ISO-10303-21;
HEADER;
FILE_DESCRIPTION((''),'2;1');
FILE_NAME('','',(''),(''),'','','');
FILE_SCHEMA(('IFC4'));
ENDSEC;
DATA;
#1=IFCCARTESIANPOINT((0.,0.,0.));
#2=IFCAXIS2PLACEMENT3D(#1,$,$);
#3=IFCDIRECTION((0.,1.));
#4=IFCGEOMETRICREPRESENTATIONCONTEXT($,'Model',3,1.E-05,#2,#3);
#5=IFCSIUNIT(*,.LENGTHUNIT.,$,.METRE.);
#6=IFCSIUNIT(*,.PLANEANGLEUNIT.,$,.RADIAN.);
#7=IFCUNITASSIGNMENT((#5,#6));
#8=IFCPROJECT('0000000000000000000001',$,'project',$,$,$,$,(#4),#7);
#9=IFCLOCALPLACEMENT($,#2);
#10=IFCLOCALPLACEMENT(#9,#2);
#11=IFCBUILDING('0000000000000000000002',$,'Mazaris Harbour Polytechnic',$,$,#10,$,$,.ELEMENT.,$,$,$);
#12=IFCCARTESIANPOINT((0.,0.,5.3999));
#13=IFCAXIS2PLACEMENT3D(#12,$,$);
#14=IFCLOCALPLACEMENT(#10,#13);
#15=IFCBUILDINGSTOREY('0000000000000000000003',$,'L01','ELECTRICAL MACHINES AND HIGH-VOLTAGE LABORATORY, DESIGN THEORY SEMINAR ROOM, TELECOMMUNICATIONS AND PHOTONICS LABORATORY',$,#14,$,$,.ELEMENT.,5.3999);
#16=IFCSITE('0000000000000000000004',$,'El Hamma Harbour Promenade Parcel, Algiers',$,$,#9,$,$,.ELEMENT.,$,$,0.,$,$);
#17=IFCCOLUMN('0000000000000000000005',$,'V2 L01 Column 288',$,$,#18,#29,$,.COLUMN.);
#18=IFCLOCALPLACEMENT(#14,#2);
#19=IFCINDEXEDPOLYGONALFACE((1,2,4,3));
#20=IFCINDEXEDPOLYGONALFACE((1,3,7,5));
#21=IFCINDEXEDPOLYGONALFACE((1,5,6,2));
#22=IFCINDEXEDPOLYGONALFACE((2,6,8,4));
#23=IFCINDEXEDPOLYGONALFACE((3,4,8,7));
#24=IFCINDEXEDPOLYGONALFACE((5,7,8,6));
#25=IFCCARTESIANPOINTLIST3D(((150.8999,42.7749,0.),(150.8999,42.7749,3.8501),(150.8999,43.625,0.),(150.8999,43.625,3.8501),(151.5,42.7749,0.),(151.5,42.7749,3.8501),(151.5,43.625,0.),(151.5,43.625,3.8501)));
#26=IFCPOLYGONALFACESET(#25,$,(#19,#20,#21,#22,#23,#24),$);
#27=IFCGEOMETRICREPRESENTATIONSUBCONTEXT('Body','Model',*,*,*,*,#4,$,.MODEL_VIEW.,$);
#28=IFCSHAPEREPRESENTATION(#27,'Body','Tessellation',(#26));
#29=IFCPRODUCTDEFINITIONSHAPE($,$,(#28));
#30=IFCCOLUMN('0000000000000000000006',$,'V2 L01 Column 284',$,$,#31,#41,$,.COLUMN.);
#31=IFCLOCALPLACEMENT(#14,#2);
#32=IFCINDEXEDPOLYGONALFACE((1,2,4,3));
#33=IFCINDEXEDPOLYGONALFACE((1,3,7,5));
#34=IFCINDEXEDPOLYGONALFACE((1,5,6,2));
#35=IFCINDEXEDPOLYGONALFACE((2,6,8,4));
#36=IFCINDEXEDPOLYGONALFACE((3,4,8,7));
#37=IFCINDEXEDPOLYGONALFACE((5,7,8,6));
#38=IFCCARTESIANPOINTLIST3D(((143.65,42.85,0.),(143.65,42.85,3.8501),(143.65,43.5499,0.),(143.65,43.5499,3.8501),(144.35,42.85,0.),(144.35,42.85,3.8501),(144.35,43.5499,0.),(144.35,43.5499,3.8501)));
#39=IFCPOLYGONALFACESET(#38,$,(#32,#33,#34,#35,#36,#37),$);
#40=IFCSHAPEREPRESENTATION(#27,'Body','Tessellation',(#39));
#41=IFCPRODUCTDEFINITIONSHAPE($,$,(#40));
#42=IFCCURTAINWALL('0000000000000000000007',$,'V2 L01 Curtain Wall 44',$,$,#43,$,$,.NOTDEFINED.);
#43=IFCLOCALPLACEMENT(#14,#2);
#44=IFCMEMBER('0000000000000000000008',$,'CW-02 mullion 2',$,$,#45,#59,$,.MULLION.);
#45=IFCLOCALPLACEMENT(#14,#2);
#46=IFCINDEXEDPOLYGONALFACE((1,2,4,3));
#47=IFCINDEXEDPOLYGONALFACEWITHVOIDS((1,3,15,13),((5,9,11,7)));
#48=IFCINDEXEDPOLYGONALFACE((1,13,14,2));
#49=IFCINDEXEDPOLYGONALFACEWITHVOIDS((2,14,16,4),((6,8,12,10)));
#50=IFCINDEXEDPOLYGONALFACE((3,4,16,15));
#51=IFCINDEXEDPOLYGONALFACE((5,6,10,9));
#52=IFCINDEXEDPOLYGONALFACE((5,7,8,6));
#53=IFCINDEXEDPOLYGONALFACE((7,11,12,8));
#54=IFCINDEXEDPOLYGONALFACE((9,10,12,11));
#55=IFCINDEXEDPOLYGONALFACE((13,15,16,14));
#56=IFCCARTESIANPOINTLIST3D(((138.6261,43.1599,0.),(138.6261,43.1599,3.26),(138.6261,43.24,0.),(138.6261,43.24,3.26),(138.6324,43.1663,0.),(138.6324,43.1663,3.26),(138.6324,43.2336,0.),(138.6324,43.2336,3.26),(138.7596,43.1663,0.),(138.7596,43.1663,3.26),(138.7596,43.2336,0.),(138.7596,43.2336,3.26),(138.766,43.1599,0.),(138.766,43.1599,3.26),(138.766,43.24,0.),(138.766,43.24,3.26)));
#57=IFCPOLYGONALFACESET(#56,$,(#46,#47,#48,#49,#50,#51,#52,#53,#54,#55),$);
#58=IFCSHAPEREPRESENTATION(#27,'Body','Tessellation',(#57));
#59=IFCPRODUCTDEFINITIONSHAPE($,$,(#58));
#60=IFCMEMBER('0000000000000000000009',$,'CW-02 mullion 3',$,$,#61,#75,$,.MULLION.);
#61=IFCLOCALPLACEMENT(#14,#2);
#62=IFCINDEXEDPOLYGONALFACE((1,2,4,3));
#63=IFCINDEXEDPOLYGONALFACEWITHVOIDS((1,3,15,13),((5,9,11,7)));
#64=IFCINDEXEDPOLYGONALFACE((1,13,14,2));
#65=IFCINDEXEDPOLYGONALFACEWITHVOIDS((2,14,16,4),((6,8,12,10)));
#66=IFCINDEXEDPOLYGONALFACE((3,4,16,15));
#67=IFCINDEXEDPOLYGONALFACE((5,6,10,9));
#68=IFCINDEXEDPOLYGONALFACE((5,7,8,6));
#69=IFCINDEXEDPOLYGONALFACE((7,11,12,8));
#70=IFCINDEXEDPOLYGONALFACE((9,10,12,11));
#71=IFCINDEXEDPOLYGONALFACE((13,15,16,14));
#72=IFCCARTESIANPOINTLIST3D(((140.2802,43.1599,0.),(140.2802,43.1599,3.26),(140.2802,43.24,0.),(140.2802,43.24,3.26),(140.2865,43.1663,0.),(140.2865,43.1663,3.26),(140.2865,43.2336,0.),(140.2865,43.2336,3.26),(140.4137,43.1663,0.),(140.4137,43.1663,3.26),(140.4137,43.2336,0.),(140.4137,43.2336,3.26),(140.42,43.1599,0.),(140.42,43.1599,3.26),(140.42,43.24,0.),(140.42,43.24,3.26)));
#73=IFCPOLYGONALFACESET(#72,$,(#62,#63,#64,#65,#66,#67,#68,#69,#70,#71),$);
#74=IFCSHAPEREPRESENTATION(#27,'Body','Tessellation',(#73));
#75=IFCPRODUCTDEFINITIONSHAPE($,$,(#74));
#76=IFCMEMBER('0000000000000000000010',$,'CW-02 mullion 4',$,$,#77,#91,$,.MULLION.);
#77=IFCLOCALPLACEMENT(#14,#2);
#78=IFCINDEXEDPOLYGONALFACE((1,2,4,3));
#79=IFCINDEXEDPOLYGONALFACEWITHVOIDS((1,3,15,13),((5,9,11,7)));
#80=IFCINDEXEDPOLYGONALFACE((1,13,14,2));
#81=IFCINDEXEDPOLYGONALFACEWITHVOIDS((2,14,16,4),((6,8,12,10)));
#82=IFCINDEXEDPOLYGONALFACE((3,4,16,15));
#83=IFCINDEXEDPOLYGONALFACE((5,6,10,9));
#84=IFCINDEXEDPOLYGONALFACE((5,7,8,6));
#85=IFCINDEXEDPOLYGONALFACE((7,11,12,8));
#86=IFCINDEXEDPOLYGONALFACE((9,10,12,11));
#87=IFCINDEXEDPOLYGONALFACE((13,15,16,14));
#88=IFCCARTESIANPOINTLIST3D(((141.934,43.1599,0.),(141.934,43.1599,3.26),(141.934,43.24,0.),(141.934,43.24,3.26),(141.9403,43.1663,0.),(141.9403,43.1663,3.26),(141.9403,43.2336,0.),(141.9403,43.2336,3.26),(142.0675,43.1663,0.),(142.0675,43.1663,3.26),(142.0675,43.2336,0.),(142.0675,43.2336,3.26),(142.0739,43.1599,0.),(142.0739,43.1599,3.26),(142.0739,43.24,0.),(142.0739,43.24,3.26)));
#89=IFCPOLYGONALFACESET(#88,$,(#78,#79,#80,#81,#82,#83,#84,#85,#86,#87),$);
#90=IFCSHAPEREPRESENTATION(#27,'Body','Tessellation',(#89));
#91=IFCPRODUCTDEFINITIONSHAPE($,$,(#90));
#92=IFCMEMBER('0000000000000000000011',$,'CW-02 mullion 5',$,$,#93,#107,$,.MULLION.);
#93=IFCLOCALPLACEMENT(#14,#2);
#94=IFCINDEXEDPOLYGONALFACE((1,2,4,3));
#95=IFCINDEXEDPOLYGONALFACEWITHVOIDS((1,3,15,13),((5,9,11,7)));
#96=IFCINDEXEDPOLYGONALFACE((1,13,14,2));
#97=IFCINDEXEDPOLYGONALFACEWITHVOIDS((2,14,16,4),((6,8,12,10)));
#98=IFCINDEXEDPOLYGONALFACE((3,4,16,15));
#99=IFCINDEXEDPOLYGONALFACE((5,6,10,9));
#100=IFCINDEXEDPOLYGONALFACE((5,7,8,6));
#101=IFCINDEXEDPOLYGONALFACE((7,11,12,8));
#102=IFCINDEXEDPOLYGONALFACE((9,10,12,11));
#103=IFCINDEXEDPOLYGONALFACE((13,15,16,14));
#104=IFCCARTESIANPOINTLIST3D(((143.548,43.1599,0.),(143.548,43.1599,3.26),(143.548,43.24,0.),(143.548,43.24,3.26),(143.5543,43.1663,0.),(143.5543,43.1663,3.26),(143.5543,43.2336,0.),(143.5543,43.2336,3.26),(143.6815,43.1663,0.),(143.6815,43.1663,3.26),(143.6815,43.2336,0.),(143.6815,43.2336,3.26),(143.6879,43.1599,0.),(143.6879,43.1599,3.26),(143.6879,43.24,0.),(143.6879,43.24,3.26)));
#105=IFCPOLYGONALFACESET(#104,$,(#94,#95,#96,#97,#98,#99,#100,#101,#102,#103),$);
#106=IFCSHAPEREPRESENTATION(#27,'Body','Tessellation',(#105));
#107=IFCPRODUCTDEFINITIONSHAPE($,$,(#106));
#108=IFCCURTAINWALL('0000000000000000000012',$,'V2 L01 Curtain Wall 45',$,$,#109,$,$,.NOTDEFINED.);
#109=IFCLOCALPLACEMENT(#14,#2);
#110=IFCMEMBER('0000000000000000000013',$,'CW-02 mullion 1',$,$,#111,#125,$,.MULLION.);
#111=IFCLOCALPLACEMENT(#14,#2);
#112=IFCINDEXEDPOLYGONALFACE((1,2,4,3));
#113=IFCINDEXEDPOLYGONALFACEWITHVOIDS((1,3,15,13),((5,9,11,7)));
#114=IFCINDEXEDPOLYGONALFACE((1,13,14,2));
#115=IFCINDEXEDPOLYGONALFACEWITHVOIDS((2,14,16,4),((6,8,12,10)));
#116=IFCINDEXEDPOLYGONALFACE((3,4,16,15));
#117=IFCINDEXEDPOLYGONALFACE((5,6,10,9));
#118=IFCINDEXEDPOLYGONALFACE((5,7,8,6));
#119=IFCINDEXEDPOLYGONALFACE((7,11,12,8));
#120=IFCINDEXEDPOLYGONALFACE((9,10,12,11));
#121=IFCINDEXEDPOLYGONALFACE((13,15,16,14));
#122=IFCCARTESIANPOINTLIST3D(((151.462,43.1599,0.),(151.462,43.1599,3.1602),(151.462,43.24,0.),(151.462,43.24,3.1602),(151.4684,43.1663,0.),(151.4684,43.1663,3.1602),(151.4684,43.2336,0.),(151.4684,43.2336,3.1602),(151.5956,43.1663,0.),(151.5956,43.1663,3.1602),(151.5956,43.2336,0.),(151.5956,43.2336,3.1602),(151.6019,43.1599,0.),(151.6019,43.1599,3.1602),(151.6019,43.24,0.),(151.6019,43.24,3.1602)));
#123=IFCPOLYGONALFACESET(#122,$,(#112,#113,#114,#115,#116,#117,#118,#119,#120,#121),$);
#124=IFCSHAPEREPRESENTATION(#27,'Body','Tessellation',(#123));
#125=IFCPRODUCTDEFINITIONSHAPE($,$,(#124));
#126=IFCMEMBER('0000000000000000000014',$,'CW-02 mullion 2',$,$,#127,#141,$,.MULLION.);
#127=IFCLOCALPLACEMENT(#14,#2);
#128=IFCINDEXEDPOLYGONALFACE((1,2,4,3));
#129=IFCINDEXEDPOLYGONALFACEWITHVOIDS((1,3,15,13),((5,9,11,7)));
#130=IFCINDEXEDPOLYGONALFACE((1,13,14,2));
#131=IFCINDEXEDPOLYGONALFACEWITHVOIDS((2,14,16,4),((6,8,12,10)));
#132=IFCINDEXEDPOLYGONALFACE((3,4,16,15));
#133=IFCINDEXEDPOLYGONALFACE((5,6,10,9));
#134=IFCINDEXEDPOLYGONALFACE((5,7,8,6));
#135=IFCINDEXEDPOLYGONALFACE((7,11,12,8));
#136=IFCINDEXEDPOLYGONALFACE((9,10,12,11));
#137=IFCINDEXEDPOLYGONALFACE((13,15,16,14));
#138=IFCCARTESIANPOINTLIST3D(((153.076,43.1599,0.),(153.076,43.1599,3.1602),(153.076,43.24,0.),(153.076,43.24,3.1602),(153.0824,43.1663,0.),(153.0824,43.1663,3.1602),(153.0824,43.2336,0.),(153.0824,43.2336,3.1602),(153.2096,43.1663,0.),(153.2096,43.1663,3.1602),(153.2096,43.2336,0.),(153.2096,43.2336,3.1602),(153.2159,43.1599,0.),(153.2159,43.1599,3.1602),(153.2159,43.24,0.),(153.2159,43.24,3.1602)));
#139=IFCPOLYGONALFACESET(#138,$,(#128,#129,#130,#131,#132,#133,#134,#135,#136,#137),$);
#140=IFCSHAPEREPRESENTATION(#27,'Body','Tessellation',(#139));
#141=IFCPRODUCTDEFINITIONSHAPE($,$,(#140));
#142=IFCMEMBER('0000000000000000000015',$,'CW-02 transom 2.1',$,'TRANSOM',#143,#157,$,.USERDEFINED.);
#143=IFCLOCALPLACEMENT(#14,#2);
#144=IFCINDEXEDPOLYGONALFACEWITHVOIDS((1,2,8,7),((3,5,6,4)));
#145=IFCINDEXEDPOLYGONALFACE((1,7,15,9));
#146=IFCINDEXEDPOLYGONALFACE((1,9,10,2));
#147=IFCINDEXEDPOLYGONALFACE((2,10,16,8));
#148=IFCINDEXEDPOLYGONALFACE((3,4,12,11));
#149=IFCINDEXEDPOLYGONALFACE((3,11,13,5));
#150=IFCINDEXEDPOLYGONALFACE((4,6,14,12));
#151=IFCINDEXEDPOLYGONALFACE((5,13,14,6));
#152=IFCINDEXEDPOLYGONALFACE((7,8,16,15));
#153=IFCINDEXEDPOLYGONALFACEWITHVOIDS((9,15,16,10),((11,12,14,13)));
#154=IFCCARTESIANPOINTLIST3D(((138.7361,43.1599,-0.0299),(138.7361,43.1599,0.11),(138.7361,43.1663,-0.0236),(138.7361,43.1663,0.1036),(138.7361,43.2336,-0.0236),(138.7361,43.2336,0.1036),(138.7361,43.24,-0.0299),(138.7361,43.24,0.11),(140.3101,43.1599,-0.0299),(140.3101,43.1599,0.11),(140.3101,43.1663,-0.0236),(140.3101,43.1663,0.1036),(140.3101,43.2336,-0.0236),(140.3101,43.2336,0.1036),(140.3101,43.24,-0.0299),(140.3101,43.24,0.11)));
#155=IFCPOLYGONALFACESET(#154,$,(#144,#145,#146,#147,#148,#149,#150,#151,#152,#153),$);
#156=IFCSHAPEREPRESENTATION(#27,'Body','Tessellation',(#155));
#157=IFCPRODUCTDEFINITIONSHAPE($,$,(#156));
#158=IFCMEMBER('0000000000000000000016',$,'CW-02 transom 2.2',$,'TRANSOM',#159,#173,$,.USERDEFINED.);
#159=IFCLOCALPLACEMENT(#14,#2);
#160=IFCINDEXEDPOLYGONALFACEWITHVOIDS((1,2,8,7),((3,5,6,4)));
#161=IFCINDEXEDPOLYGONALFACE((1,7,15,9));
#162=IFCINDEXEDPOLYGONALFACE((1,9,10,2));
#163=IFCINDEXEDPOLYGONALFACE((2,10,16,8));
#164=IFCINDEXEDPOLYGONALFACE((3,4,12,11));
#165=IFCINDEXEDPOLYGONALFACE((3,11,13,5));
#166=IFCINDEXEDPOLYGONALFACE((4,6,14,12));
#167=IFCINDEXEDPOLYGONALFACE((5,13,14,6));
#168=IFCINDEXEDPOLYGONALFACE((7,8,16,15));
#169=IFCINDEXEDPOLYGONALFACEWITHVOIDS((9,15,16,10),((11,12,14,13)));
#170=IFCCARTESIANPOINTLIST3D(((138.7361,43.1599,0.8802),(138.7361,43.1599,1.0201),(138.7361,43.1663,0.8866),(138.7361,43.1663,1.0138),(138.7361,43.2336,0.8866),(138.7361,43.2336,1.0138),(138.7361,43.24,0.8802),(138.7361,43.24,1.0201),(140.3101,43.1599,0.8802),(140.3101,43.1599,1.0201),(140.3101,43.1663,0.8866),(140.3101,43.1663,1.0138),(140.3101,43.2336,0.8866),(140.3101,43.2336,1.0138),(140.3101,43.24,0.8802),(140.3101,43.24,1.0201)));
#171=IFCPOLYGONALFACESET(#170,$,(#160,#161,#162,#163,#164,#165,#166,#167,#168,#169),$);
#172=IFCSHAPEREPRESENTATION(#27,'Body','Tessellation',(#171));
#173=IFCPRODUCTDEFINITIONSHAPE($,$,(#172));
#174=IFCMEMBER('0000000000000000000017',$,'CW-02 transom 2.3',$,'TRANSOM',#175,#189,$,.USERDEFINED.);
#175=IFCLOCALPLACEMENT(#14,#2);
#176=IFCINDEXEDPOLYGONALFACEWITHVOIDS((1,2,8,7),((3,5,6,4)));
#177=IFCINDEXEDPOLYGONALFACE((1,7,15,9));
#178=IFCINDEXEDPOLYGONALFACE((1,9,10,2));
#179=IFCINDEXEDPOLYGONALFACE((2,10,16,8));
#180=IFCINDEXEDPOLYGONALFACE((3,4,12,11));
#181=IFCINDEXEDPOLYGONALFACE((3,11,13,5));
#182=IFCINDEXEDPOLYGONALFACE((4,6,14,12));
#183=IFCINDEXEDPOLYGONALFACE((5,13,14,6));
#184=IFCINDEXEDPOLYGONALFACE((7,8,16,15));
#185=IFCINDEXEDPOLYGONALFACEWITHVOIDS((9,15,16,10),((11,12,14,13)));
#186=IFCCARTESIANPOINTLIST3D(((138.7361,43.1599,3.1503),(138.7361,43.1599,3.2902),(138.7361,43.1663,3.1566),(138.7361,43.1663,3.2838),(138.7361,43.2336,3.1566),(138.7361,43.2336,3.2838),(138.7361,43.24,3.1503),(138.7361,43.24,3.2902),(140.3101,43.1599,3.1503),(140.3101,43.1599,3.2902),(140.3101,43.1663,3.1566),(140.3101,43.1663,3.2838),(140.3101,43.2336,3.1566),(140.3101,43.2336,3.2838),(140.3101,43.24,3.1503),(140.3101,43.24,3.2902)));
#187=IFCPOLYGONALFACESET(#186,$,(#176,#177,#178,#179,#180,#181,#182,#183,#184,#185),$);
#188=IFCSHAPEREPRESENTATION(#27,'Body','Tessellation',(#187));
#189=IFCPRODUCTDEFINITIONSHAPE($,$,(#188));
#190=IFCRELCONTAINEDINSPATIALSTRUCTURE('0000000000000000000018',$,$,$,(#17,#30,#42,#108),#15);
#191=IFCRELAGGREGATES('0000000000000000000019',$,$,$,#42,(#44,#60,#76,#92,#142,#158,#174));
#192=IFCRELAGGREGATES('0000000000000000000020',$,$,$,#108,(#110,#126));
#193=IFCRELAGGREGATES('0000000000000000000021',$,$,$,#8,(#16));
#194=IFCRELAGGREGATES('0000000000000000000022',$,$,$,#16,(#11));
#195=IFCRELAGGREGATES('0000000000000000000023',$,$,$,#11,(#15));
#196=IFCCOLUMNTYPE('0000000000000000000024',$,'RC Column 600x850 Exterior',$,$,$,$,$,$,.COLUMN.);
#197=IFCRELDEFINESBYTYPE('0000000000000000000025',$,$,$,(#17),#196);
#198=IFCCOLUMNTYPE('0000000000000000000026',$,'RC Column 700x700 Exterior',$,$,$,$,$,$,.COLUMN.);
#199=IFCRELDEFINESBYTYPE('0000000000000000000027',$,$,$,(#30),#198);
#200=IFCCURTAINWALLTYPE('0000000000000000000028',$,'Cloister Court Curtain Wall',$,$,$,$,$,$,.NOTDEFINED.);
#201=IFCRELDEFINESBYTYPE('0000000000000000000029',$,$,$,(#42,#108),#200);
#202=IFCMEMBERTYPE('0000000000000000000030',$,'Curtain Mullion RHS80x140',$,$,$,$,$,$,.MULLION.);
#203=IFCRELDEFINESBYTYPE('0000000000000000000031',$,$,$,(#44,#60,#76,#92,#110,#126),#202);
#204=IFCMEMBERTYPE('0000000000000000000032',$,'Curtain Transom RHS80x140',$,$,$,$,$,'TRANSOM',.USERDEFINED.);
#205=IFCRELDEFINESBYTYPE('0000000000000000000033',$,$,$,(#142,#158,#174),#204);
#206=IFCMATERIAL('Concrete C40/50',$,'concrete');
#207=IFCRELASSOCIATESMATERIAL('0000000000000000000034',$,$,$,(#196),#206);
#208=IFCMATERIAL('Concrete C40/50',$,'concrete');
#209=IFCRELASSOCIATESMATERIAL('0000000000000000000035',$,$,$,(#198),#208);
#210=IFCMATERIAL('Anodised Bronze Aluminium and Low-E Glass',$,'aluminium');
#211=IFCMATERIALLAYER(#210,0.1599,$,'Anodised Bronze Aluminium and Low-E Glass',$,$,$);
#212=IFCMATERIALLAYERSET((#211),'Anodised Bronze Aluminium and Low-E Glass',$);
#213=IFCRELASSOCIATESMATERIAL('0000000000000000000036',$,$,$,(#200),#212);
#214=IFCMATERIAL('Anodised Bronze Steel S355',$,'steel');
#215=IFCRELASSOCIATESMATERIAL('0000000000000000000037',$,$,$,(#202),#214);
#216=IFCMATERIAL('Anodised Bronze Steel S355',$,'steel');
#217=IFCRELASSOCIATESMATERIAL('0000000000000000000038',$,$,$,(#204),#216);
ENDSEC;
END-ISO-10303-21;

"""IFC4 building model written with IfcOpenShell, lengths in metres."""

from ifc_helpers import new_model, si_unit, direction, frame, origin, origin_2d, place, context, subcontext, project, spatial, rectangle, hollow_rectangle, extrude, material, layer, layer_set, material_profile, profile_set, type_object, element, aggregate, save


model = new_model("IFC4")

# Units and contexts
model_context = context("Model", 3, precision=1e-05, world=origin(), true_north=direction((0.0, 1.0)))
body_context = subcontext(model_context, "Body", "Model", "MODEL_VIEW")
ifc_project = project(units=[si_unit("LENGTHUNIT", "METRE"), si_unit("PLANEANGLEUNIT", "RADIAN")], contexts=[model_context])

# Site, building, storey
site_placement = place(None, origin())
site = spatial("IfcSite", under=ifc_project, at=site_placement, Name="El Hamma Harbour Promenade Parcel, Algiers", CompositionType="ELEMENT", RefElevation=0.0)
building_placement = place(site_placement, origin())
building = spatial("IfcBuilding", under=site, at=building_placement, Name="Mazaris Harbour Polytechnic", CompositionType="ELEMENT")
storey_placement = place(building_placement, frame((0.0, 0.0, 5.3999)))
storey = spatial("IfcBuildingStorey", under=building, at=storey_placement, Name="L01", Description="ELECTRICAL MACHINES AND HIGH-VOLTAGE LABORATORY, DESIGN THEORY SEMINAR ROOM, TELECOMMUNICATIONS AND PHOTONICS LABORATORY", CompositionType="ELEMENT", Elevation=5.3999)

# Columns
ifc_material_1 = material(Name="Concrete C40/50", Category="concrete")
ifc_material_profile_1 = material_profile(ifc_material_1, rectangle(XDim=0.6001, YDim=0.8501, at=origin_2d()), Name="RECT600x850")
ifc_profile_set_1 = profile_set([ifc_material_profile_1], Name="Concrete C40/50")
column_type_1 = type_object("IfcColumnType", Name="RC Column 600x850 Exterior", PredefinedType="COLUMN", material=ifc_profile_set_1)
column_1_placement = place(storey_placement, frame((151.2, 43.2, 0.0), z_axis=(0.0, 0.0, 1.0), x_axis=(1.0, 0.0, 0.0)))
element("IfcColumn", 1, at=column_1_placement, inside=storey, type_object=column_type_1, Name="V2 L01 Column 288", PredefinedType="COLUMN", context=body_context, shape_type="SweptSolid", body=[
    extrude(rectangle(XDim=0.6001, YDim=0.8501, at=origin_2d()), origin(), (0.0, 0.0, 1.0), 3.8501),
])
ifc_material_2 = material(Name="Concrete C40/50", Category="concrete")
ifc_material_profile_2 = material_profile(ifc_material_2, rectangle(XDim=0.7, YDim=0.7, at=origin_2d()), Name="RECT700x700")
ifc_profile_set_2 = profile_set([ifc_material_profile_2], Name="Concrete C40/50")
column_type_2 = type_object("IfcColumnType", Name="RC Column 700x700 Exterior", PredefinedType="COLUMN", material=ifc_profile_set_2)
column_2_placement = place(storey_placement, frame((144.0, 43.2, 0.0), z_axis=(0.0, 0.0, 1.0), x_axis=(1.0, 0.0, 0.0)))
element("IfcColumn", 2, at=column_2_placement, inside=storey, type_object=column_type_2, Name="V2 L01 Column 284", PredefinedType="COLUMN", context=body_context, shape_type="SweptSolid", body=[
    extrude(rectangle(XDim=0.7, YDim=0.7, at=origin_2d()), origin(), (0.0, 0.0, 1.0), 3.8501),
])

# Curtain walls, members
ifc_material_3 = material(Name="Anodised Bronze Aluminium and Low-E Glass", Category="aluminium")
ifc_layer_1 = layer(ifc_material_3, 0.1599, Name="Anodised Bronze Aluminium and Low-E Glass")
ifc_layer_set_1 = layer_set([ifc_layer_1], Name="Anodised Bronze Aluminium and Low-E Glass")
curtain_wall_type = type_object("IfcCurtainWallType", Name="Cloister Court Curtain Wall", PredefinedType="NOTDEFINED", material=ifc_layer_set_1)
curtain_wall_1_placement = place(storey_placement, origin())
curtain_wall_1 = element("IfcCurtainWall", 3, at=curtain_wall_1_placement, inside=storey, type_object=curtain_wall_type, Name="V2 L01 Curtain Wall 44", PredefinedType="NOTDEFINED")
ifc_material_4 = material(Name="Anodised Bronze Steel S355", Category="steel")
ifc_material_profile_3 = material_profile(ifc_material_4, hollow_rectangle(XDim=0.0801, YDim=0.1399, WallThickness=0.0063, at=origin_2d()), Name="RHS 80x140x6.3")
ifc_profile_set_3 = profile_set([ifc_material_profile_3], Name="Anodised Bronze Steel S355")
member_type_1 = type_object("IfcMemberType", Name="Curtain Mullion RHS80x140", PredefinedType="MULLION", material=ifc_profile_set_3)
member_1_placement = place(storey_placement, frame((138.696, 43.2, 0.0), z_axis=(0.0, 0.0, 1.0), x_axis=(0.0, 1.0, 0.0)))
member_1 = element("IfcMember", 4, at=member_1_placement, type_object=member_type_1, Name="CW-02 mullion 2", PredefinedType="MULLION", context=body_context, shape_type="SweptSolid", body=[
    extrude(hollow_rectangle(XDim=0.0801, YDim=0.1399, WallThickness=0.0063, at=origin_2d()), origin(), (0.0, 0.0, 1.0), 3.26),
])
member_2_placement = place(storey_placement, frame((140.3501, 43.2, 0.0), z_axis=(0.0, 0.0, 1.0), x_axis=(0.0, 1.0, 0.0)))
member_2 = element("IfcMember", 5, at=member_2_placement, type_object=member_type_1, Name="CW-02 mullion 3", PredefinedType="MULLION", context=body_context, shape_type="SweptSolid", body=[
    extrude(hollow_rectangle(XDim=0.0801, YDim=0.1399, WallThickness=0.0063, at=origin_2d()), origin(), (0.0, 0.0, 1.0), 3.26),
])
member_3_placement = place(storey_placement, frame((142.0039, 43.2, 0.0), z_axis=(0.0, 0.0, 1.0), x_axis=(0.0, 1.0, 0.0)))
member_3 = element("IfcMember", 6, at=member_3_placement, type_object=member_type_1, Name="CW-02 mullion 4", PredefinedType="MULLION", context=body_context, shape_type="SweptSolid", body=[
    extrude(hollow_rectangle(XDim=0.0801, YDim=0.1399, WallThickness=0.0063, at=origin_2d()), origin(), (0.0, 0.0, 1.0), 3.26),
])
member_4_placement = place(storey_placement, frame((143.6179, 43.2, 0.0), z_axis=(0.0, 0.0, 1.0), x_axis=(0.0, 1.0, 0.0)))
member_4 = element("IfcMember", 7, at=member_4_placement, type_object=member_type_1, Name="CW-02 mullion 5", PredefinedType="MULLION", context=body_context, shape_type="SweptSolid", body=[
    extrude(hollow_rectangle(XDim=0.0801, YDim=0.1399, WallThickness=0.0063, at=origin_2d()), origin(), (0.0, 0.0, 1.0), 3.26),
])
curtain_wall_2_placement = place(storey_placement, origin())
curtain_wall_2 = element("IfcCurtainWall", 8, at=curtain_wall_2_placement, inside=storey, type_object=curtain_wall_type, Name="V2 L01 Curtain Wall 45", PredefinedType="NOTDEFINED")
member_5_placement = place(storey_placement, frame((151.532, 43.2, 0.0), z_axis=(0.0, 0.0, 1.0), x_axis=(0.0, 1.0, 0.0)))
member_5 = element("IfcMember", 9, at=member_5_placement, type_object=member_type_1, Name="CW-02 mullion 1", PredefinedType="MULLION", context=body_context, shape_type="SweptSolid", body=[
    extrude(hollow_rectangle(XDim=0.0801, YDim=0.1399, WallThickness=0.0063, at=origin_2d()), origin(), (0.0, 0.0, 1.0), 3.1602),
])
member_6_placement = place(storey_placement, frame((153.146, 43.2, 0.0), z_axis=(0.0, 0.0, 1.0), x_axis=(0.0, 1.0, 0.0)))
member_6 = element("IfcMember", 10, at=member_6_placement, type_object=member_type_1, Name="CW-02 mullion 2", PredefinedType="MULLION", context=body_context, shape_type="SweptSolid", body=[
    extrude(hollow_rectangle(XDim=0.0801, YDim=0.1399, WallThickness=0.0063, at=origin_2d()), origin(), (0.0, 0.0, 1.0), 3.1602),
])

# Members
ifc_material_5 = material(Name="Anodised Bronze Steel S355", Category="steel")
ifc_material_profile_4 = material_profile(ifc_material_5, hollow_rectangle(XDim=0.0801, YDim=0.1399, WallThickness=0.0063, at=origin_2d()), Name="RHS 80x140x6.3")
ifc_profile_set_4 = profile_set([ifc_material_profile_4], Name="Anodised Bronze Steel S355")
member_type_2 = type_object("IfcMemberType", Name="Curtain Transom RHS80x140", ElementType="TRANSOM", PredefinedType="USERDEFINED", material=ifc_profile_set_4)
member_7_placement = place(storey_placement, frame((138.7361, 43.2, 0.04), z_axis=(1.0, 0.0, 0.0), x_axis=(0.0, 1.0, 0.0)))
member_7 = element("IfcMember", 11, at=member_7_placement, type_object=member_type_2, Name="CW-02 transom 2.1", ObjectType="TRANSOM", PredefinedType="USERDEFINED", context=body_context, shape_type="SweptSolid", body=[
    extrude(hollow_rectangle(XDim=0.0801, YDim=0.1399, WallThickness=0.0063, at=origin_2d()), origin(), (0.0, 0.0, 1.0), 1.574),
])
member_8_placement = place(storey_placement, frame((138.7361, 43.2, 0.9502), z_axis=(1.0, 0.0, 0.0), x_axis=(0.0, 1.0, 0.0)))
member_8 = element("IfcMember", 12, at=member_8_placement, type_object=member_type_2, Name="CW-02 transom 2.2", ObjectType="TRANSOM", PredefinedType="USERDEFINED", context=body_context, shape_type="SweptSolid", body=[
    extrude(hollow_rectangle(XDim=0.0801, YDim=0.1399, WallThickness=0.0063, at=origin_2d()), origin(), (0.0, 0.0, 1.0), 1.574),
])
member_9_placement = place(storey_placement, frame((138.7361, 43.2, 3.2202), z_axis=(1.0, 0.0, 0.0), x_axis=(0.0, 1.0, 0.0)))
member_9 = element("IfcMember", 13, at=member_9_placement, type_object=member_type_2, Name="CW-02 transom 2.3", ObjectType="TRANSOM", PredefinedType="USERDEFINED", context=body_context, shape_type="SweptSolid", body=[
    extrude(hollow_rectangle(XDim=0.0801, YDim=0.1399, WallThickness=0.0063, at=origin_2d()), origin(), (0.0, 0.0, 1.0), 1.574),
])

aggregate(curtain_wall_1, [member_1, member_2, member_3, member_4, member_7, member_8, member_9])
aggregate(curtain_wall_2, [member_5, member_6])

save(model, "model.ifc")
